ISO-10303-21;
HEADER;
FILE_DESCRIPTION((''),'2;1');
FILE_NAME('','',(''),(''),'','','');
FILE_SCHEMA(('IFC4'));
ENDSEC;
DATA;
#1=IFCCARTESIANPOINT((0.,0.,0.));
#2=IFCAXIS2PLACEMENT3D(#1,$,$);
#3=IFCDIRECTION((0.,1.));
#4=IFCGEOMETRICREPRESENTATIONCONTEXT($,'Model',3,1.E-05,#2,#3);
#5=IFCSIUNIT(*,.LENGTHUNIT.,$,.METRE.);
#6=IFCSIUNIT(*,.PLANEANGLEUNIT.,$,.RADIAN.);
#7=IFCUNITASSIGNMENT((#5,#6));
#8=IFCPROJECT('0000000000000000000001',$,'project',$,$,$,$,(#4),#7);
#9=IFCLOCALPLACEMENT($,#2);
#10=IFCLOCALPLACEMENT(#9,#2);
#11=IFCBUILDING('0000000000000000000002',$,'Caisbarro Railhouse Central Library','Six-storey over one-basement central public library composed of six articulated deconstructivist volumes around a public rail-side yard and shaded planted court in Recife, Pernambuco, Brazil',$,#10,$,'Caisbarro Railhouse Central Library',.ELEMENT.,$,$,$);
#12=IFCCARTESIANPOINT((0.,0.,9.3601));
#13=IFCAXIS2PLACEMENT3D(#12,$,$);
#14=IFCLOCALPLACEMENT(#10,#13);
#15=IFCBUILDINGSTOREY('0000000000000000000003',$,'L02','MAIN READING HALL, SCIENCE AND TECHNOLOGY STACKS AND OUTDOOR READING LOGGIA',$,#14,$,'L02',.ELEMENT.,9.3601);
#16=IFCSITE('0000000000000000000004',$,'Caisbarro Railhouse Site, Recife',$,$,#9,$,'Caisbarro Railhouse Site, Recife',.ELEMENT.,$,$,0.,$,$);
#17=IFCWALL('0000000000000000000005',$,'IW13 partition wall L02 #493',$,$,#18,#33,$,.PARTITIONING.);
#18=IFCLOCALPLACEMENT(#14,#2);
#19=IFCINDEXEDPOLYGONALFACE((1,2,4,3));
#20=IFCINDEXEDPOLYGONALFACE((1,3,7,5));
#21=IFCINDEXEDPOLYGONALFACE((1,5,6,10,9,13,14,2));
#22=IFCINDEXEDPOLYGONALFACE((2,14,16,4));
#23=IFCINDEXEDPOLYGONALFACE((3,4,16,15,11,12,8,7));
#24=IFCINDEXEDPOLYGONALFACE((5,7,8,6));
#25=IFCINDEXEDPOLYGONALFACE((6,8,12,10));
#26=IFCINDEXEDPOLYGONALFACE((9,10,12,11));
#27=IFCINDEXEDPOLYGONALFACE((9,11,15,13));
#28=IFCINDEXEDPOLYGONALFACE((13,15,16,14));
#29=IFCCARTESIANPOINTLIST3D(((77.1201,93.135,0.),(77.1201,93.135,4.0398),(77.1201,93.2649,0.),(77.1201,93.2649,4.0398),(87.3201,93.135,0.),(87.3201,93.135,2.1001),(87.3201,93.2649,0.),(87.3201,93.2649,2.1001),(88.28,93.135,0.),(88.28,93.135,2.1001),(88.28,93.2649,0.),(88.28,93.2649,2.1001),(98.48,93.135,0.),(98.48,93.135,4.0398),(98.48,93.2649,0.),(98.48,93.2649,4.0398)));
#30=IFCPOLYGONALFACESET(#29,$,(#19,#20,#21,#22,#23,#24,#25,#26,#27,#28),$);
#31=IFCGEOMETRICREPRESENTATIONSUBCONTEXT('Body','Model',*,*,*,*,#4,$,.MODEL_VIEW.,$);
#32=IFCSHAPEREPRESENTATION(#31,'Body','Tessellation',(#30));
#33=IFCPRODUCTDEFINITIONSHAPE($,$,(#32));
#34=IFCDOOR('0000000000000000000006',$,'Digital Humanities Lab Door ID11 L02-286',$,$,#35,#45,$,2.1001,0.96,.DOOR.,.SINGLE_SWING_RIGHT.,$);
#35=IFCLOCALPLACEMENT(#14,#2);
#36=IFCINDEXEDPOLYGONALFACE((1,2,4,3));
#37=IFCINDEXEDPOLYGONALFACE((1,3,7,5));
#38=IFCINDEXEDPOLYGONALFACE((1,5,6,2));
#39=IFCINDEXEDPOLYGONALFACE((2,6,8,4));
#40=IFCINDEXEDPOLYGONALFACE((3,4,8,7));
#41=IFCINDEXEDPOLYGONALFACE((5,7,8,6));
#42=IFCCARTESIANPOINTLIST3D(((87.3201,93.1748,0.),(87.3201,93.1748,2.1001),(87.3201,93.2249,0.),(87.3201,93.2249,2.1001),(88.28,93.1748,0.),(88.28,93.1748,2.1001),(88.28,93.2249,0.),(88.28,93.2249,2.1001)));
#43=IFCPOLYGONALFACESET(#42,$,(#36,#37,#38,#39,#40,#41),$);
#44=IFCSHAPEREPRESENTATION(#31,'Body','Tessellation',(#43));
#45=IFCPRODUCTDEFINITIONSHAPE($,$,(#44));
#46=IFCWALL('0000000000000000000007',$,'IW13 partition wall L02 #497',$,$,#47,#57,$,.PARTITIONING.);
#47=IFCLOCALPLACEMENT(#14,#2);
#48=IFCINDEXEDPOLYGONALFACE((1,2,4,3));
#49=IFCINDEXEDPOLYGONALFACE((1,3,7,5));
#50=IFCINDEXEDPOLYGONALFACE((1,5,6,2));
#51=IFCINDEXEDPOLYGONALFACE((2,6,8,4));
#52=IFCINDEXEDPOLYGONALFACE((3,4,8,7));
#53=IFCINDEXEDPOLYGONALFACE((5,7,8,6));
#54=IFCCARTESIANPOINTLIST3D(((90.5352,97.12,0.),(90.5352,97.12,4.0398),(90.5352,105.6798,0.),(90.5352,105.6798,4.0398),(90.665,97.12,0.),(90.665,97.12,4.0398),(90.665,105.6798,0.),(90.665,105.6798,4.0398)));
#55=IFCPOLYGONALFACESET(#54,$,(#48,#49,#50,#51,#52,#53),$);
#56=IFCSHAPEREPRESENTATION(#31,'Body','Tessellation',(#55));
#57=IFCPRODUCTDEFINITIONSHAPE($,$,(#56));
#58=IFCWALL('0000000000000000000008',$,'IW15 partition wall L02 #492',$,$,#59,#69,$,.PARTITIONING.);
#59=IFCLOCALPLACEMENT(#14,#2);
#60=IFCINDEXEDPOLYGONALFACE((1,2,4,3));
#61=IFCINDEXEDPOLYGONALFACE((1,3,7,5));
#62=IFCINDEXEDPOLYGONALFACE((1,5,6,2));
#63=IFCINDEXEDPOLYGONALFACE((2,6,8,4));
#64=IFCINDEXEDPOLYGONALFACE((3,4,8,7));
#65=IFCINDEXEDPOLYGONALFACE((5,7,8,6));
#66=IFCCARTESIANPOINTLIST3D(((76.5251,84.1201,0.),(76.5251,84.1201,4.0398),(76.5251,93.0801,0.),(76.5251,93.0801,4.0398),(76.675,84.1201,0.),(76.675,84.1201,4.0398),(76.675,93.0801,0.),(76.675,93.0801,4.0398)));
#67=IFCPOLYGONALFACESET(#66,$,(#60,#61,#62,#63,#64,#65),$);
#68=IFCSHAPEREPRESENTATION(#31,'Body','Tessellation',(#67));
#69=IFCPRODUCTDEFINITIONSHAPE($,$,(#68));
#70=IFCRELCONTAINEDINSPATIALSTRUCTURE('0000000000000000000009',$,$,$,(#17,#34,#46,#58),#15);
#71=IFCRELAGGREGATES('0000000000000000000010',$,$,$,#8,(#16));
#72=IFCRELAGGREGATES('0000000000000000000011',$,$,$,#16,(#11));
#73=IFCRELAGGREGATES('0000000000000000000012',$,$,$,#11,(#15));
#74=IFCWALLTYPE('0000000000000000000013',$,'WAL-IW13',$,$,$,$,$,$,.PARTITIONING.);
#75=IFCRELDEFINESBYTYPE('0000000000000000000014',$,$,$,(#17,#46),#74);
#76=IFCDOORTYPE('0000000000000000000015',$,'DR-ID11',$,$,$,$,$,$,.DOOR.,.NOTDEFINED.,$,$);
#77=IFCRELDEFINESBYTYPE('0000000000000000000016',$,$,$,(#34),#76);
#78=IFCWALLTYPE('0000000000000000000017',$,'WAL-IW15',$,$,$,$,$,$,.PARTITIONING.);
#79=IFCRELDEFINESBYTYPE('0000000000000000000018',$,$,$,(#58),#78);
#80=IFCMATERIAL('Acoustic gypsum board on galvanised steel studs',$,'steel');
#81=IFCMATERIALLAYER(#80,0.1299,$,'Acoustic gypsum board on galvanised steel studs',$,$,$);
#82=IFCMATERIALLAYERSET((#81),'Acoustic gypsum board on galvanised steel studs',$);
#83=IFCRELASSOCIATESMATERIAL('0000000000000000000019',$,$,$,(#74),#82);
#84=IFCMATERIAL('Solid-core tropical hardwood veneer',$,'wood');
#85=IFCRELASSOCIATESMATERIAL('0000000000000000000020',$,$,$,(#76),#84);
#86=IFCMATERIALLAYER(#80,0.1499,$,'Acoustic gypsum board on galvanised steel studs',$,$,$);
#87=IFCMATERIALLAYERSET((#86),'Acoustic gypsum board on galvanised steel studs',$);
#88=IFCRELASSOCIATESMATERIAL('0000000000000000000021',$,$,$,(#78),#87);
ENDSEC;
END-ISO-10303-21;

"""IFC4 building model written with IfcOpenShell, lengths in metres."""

from ifc_helpers import new_model, si_unit, direction, frame, frame_2d, origin, place, context, subcontext, project, spatial, rectangle, extrude, material, layer, layer_set, type_object, element, fill, save


model = new_model("IFC4")

# Units and contexts
model_context = context("Model", 3, precision=1e-05, world=origin(), true_north=direction((0.0, 1.0)))
body_context = subcontext(model_context, "Body", "Model", "MODEL_VIEW")
ifc_project = project(units=[si_unit("LENGTHUNIT", "METRE"), si_unit("PLANEANGLEUNIT", "RADIAN")], contexts=[model_context])

# Site, building, storey
site_placement = place(None, origin())
site = spatial("IfcSite", under=ifc_project, at=site_placement, Name="Caisbarro Railhouse Site, Recife", LongName="Caisbarro Railhouse Site, Recife", CompositionType="ELEMENT", RefElevation=0.0)
building_placement = place(site_placement, origin())
building = spatial("IfcBuilding", under=site, at=building_placement, Name="Caisbarro Railhouse Central Library", Description="Six-storey over one-basement central public library composed of six articulated deconstructivist volumes around a public rail-side yard and shaded planted court in Recife, Pernambuco, Brazil", LongName="Caisbarro Railhouse Central Library", CompositionType="ELEMENT")
storey_placement = place(building_placement, frame((0.0, 0.0, 9.3601)))
storey = spatial("IfcBuildingStorey", under=building, at=storey_placement, Name="L02", Description="MAIN READING HALL, SCIENCE AND TECHNOLOGY STACKS AND OUTDOOR READING LOGGIA", LongName="L02", CompositionType="ELEMENT", Elevation=9.3601)

# Shared definitions
ifc_material_1 = material(Name="Acoustic gypsum board on galvanised steel studs", Category="steel")

# Wall, opening, door
ifc_material_2 = material(Name="Solid-core tropical hardwood veneer", Category="wood")
ifc_layer_1 = layer(ifc_material_1, 0.1299, Name="Acoustic gypsum board on galvanised steel studs")
ifc_layer_set_1 = layer_set([ifc_layer_1], Name="Acoustic gypsum board on galvanised steel studs")
wall_type_1 = type_object("IfcWallType", Name="WAL-IW13", PredefinedType="PARTITIONING", material=ifc_layer_set_1)
wall_1_placement = place(storey_placement, frame((77.1201, 93.2, 0.0), z_axis=(0.0, 0.0, 1.0), x_axis=(1.0, 0.0, 0.0)))
wall_1 = element("IfcWall", 1, at=wall_1_placement, inside=storey, type_object=wall_type_1, Name="IW13 partition wall L02 #493", PredefinedType="PARTITIONING", context=body_context, shape_type="SweptSolid", body=[
    extrude(rectangle(XDim=21.3599, YDim=0.1299, at=frame_2d((10.6799, 0.0))), origin(), (0.0, 0.0, 1.0), 4.0398),
])
opening_1_placement = place(wall_1_placement, frame((10.2, 0.0, 0.0)))
opening_1 = element("IfcOpeningElement", 2, at=opening_1_placement, cuts=wall_1, PredefinedType="OPENING", context=body_context, shape_type="SweptSolid", body=[
    extrude(rectangle(XDim=0.96, YDim=2.1001, at=frame_2d((0.48, 1.05))), frame((0.0, 0.075, 0.0), z_axis=(0.0, -1.0, 0.0), x_axis=(1.0, 0.0, 0.0)), (0.0, 0.0, 1.0), 0.1499),
])
door_type_1 = type_object("IfcDoorType", Name="DR-ID11", OperationType="NOTDEFINED", PredefinedType="DOOR", material=ifc_material_2)
door_1_placement = place(opening_1_placement, origin())
door_1 = element("IfcDoor", 3, at=door_1_placement, inside=storey, type_object=door_type_1, Name="Digital Humanities Lab Door ID11 L02-286", OperationType="SINGLE_SWING_RIGHT", OverallHeight=2.1001, OverallWidth=0.96, PredefinedType="DOOR", context=body_context, shape_type="SweptSolid", body=[
    extrude(rectangle(XDim=0.96, YDim=2.1001, at=frame_2d((0.48, 1.05))), frame((0.0, 0.0249, 0.0), z_axis=(0.0, -1.0, 0.0), x_axis=(1.0, 0.0, 0.0)), (0.0, 0.0, 1.0), 0.05),
])
fill(opening_1, door_1)

# Walls
wall_2_placement = place(storey_placement, frame((90.6001, 97.1201, 0.0), z_axis=(0.0, 0.0, 1.0), x_axis=(0.0, 1.0, 0.0)))
element("IfcWall", 4, at=wall_2_placement, inside=storey, type_object=wall_type_1, Name="IW13 partition wall L02 #497", PredefinedType="PARTITIONING", context=body_context, shape_type="SweptSolid", body=[
    extrude(rectangle(XDim=8.5598, YDim=0.1299, at=frame_2d((4.2798, 0.0))), origin(), (0.0, 0.0, 1.0), 4.0398),
])
ifc_layer_2 = layer(ifc_material_1, 0.1499, Name="Acoustic gypsum board on galvanised steel studs")
ifc_layer_set_2 = layer_set([ifc_layer_2], Name="Acoustic gypsum board on galvanised steel studs")
wall_type_2 = type_object("IfcWallType", Name="WAL-IW15", PredefinedType="PARTITIONING", material=ifc_layer_set_2)
wall_3_placement = place(storey_placement, frame((76.6001, 84.1201, 0.0), z_axis=(0.0, 0.0, 1.0), x_axis=(0.0, 1.0, 0.0)))
element("IfcWall", 5, at=wall_3_placement, inside=storey, type_object=wall_type_2, Name="IW15 partition wall L02 #492", PredefinedType="PARTITIONING", context=body_context, shape_type="SweptSolid", body=[
    extrude(rectangle(XDim=8.96, YDim=0.1499, at=frame_2d((4.48, 0.0))), origin(), (0.0, 0.0, 1.0), 4.0398),
])

save(model, "model.ifc")
